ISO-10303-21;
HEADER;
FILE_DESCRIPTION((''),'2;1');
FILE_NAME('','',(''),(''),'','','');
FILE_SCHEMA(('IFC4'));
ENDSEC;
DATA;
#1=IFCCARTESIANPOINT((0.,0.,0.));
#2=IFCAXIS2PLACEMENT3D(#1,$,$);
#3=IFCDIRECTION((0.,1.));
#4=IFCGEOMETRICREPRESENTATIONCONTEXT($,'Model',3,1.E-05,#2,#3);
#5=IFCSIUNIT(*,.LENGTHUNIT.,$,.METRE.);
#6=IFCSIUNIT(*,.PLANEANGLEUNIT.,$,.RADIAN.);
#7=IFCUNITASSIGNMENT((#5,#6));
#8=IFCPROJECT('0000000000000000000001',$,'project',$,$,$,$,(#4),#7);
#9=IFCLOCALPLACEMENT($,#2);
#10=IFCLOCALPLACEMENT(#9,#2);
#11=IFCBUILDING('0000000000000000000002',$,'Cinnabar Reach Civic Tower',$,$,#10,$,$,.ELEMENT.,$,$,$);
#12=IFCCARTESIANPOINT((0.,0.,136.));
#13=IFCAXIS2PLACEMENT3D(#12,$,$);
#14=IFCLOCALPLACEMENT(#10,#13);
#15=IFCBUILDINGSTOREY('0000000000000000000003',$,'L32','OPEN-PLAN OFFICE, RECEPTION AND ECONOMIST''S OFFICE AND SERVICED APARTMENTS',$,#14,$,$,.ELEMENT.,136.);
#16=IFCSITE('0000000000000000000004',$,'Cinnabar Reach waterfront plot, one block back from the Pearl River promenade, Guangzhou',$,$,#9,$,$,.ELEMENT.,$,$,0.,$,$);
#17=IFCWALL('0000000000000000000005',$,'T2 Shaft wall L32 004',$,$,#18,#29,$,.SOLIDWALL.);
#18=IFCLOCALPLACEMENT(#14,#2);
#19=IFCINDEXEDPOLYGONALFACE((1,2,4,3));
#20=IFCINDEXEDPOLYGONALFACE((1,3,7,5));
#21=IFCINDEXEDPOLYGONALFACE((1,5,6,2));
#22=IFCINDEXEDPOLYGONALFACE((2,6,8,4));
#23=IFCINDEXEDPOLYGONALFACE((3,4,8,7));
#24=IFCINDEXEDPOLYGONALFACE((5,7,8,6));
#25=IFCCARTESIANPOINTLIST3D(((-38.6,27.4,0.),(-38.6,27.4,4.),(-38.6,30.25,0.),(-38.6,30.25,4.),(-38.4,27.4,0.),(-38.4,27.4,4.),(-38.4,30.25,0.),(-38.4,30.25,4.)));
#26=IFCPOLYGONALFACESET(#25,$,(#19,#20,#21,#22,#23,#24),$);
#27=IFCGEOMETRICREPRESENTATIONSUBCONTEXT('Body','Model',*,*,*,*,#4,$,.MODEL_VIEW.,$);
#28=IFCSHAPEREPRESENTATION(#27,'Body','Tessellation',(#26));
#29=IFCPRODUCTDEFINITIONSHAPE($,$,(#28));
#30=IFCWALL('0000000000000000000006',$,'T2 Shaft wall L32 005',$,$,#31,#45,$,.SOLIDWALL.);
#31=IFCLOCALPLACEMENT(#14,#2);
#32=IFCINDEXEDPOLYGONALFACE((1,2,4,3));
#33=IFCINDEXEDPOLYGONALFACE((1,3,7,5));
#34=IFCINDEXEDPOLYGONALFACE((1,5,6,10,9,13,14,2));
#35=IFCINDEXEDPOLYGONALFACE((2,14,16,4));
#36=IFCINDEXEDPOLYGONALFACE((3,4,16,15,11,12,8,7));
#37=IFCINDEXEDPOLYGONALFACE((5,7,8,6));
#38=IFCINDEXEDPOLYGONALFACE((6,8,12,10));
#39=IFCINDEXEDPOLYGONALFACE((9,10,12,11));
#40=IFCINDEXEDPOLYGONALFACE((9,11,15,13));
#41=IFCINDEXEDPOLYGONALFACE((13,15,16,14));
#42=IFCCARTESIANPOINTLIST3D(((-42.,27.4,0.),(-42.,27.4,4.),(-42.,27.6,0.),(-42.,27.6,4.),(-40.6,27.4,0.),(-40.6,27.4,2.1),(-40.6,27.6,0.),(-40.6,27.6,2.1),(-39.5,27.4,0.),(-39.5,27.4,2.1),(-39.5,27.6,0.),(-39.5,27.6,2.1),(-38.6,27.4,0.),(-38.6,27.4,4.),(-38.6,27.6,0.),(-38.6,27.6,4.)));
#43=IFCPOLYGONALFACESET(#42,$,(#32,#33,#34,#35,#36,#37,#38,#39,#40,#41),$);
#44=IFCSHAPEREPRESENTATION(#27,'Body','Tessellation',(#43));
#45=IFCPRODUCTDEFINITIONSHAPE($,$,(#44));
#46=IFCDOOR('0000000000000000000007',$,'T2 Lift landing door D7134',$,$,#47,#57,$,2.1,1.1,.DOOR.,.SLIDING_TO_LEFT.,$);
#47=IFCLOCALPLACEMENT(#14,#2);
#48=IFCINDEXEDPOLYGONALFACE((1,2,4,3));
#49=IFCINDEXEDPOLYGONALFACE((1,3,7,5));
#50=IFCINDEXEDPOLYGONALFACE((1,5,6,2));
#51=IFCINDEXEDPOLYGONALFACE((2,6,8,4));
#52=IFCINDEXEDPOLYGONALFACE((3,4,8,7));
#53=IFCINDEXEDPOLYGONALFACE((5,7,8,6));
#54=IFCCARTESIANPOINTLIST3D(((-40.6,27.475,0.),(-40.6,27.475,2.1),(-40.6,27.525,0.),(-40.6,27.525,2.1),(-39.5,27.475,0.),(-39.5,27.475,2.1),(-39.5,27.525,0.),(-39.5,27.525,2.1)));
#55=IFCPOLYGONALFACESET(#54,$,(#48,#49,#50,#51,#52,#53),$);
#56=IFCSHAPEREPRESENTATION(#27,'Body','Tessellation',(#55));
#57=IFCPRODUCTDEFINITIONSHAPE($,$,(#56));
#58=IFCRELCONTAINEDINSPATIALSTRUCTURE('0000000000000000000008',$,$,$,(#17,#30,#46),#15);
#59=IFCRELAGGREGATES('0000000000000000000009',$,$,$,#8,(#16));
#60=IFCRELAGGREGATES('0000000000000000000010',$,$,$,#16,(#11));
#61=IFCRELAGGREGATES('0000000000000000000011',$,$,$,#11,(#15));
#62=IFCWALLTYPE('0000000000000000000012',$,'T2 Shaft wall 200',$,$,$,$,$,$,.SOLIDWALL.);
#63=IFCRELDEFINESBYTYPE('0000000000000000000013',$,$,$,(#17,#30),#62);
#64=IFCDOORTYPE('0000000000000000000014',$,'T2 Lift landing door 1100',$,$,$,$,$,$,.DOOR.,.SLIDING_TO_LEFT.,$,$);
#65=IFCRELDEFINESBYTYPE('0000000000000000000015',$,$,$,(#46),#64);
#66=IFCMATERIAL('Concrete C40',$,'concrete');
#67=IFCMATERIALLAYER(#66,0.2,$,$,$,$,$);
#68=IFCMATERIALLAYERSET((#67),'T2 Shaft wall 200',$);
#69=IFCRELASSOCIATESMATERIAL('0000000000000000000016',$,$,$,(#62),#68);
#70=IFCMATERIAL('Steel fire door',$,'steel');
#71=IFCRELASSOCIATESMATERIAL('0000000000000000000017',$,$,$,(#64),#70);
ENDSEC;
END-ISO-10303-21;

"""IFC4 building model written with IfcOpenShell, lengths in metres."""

from ifc_helpers import new_model, si_unit, direction, frame, frame_2d, origin, place, context, subcontext, project, spatial, rectangle, extrude, material, layer, layer_set, type_object, element, fill, save


model = new_model("IFC4")

# Units and contexts
model_context = context("Model", 3, precision=1e-05, world=origin(), true_north=direction((0.0, 1.0)))
body_context = subcontext(model_context, "Body", "Model", "MODEL_VIEW")
ifc_project = project(units=[si_unit("LENGTHUNIT", "METRE"), si_unit("PLANEANGLEUNIT", "RADIAN")], contexts=[model_context])

# Site, building, storey
site_placement = place(None, origin())
site = spatial("IfcSite", under=ifc_project, at=site_placement, Name="Cinnabar Reach waterfront plot, one block back from the Pearl River promenade, Guangzhou", CompositionType="ELEMENT", RefElevation=0.0)
building_placement = place(site_placement, origin())
building = spatial("IfcBuilding", under=site, at=building_placement, Name="Cinnabar Reach Civic Tower", CompositionType="ELEMENT")
storey_placement = place(building_placement, frame((0.0, 0.0, 136.0)))
storey = spatial("IfcBuildingStorey", under=building, at=storey_placement, Name="L32", Description="OPEN-PLAN OFFICE, RECEPTION AND ECONOMIST'S OFFICE AND SERVICED APARTMENTS", CompositionType="ELEMENT", Elevation=136.0)

# Shared definitions
ifc_material_1 = material(Name="Steel fire door", Category="steel")

# Shared definitions
ifc_material_2 = material(Name="Concrete C40", Category="concrete")
ifc_layer_1 = layer(ifc_material_2, 0.2)
ifc_layer_set_1 = layer_set([ifc_layer_1], Name="T2 Shaft wall 200")
wall_type_1 = type_object("IfcWallType", Name="T2 Shaft wall 200", PredefinedType="SOLIDWALL", material=ifc_layer_set_1)

# Shared definitions
door_type_1 = type_object("IfcDoorType", Name="T2 Lift landing door 1100", OperationType="SLIDING_TO_LEFT", PredefinedType="DOOR", material=ifc_material_1)

# Wall
wall_1_placement = place(storey_placement, frame((-38.5, 27.4, 0.0), z_axis=(0.0, 0.0, 1.0), x_axis=(0.0, 1.0, 0.0)))
element("IfcWall", 1, at=wall_1_placement, inside=storey, type_object=wall_type_1, Name="T2 Shaft wall L32 004", PredefinedType="SOLIDWALL", context=body_context, shape_type="SweptSolid", body=[
    extrude(rectangle(XDim=2.85, YDim=0.2, at=frame_2d((1.425, 0.0))), origin(), (0.0, 0.0, 1.0), 4.0),
])

# Wall, opening, door
wall_2_placement = place(storey_placement, frame((-42.0, 27.5, 0.0), z_axis=(0.0, 0.0, 1.0), x_axis=(1.0, 0.0, 0.0)))
wall_2 = element("IfcWall", 2, at=wall_2_placement, inside=storey, type_object=wall_type_1, Name="T2 Shaft wall L32 005", PredefinedType="SOLIDWALL", context=body_context, shape_type="SweptSolid", body=[
    extrude(rectangle(XDim=3.4, YDim=0.2, at=frame_2d((1.7, 0.0))), origin(), (0.0, 0.0, 1.0), 4.0),
])
opening_1_placement = place(wall_2_placement, frame((1.4, 0.0, 0.0)))
opening_1 = element("IfcOpeningElement", 3, at=opening_1_placement, cuts=wall_2, PredefinedType="OPENING", context=body_context, shape_type="SweptSolid", body=[
    extrude(rectangle(XDim=1.1, YDim=2.1, at=frame_2d((0.55, 1.05))), frame((0.0, 0.11, 0.0), z_axis=(0.0, -1.0, 0.0), x_axis=(1.0, 0.0, 0.0)), (0.0, 0.0, 1.0), 0.22),
])
door_1_placement = place(opening_1_placement, origin())
door_1 = element("IfcDoor", 4, at=door_1_placement, inside=storey, type_object=door_type_1, Name="T2 Lift landing door D7134", OperationType="SLIDING_TO_LEFT", OverallHeight=2.1, OverallWidth=1.1, PredefinedType="DOOR", context=body_context, shape_type="SweptSolid", body=[
    extrude(rectangle(XDim=1.1, YDim=2.1, at=frame_2d((0.55, 1.05))), frame((0.0, 0.025, 0.0), z_axis=(0.0, -1.0, 0.0), x_axis=(1.0, 0.0, 0.0)), (0.0, 0.0, 1.0), 0.05),
])
fill(opening_1, door_1)

save(model, "model.ifc")
